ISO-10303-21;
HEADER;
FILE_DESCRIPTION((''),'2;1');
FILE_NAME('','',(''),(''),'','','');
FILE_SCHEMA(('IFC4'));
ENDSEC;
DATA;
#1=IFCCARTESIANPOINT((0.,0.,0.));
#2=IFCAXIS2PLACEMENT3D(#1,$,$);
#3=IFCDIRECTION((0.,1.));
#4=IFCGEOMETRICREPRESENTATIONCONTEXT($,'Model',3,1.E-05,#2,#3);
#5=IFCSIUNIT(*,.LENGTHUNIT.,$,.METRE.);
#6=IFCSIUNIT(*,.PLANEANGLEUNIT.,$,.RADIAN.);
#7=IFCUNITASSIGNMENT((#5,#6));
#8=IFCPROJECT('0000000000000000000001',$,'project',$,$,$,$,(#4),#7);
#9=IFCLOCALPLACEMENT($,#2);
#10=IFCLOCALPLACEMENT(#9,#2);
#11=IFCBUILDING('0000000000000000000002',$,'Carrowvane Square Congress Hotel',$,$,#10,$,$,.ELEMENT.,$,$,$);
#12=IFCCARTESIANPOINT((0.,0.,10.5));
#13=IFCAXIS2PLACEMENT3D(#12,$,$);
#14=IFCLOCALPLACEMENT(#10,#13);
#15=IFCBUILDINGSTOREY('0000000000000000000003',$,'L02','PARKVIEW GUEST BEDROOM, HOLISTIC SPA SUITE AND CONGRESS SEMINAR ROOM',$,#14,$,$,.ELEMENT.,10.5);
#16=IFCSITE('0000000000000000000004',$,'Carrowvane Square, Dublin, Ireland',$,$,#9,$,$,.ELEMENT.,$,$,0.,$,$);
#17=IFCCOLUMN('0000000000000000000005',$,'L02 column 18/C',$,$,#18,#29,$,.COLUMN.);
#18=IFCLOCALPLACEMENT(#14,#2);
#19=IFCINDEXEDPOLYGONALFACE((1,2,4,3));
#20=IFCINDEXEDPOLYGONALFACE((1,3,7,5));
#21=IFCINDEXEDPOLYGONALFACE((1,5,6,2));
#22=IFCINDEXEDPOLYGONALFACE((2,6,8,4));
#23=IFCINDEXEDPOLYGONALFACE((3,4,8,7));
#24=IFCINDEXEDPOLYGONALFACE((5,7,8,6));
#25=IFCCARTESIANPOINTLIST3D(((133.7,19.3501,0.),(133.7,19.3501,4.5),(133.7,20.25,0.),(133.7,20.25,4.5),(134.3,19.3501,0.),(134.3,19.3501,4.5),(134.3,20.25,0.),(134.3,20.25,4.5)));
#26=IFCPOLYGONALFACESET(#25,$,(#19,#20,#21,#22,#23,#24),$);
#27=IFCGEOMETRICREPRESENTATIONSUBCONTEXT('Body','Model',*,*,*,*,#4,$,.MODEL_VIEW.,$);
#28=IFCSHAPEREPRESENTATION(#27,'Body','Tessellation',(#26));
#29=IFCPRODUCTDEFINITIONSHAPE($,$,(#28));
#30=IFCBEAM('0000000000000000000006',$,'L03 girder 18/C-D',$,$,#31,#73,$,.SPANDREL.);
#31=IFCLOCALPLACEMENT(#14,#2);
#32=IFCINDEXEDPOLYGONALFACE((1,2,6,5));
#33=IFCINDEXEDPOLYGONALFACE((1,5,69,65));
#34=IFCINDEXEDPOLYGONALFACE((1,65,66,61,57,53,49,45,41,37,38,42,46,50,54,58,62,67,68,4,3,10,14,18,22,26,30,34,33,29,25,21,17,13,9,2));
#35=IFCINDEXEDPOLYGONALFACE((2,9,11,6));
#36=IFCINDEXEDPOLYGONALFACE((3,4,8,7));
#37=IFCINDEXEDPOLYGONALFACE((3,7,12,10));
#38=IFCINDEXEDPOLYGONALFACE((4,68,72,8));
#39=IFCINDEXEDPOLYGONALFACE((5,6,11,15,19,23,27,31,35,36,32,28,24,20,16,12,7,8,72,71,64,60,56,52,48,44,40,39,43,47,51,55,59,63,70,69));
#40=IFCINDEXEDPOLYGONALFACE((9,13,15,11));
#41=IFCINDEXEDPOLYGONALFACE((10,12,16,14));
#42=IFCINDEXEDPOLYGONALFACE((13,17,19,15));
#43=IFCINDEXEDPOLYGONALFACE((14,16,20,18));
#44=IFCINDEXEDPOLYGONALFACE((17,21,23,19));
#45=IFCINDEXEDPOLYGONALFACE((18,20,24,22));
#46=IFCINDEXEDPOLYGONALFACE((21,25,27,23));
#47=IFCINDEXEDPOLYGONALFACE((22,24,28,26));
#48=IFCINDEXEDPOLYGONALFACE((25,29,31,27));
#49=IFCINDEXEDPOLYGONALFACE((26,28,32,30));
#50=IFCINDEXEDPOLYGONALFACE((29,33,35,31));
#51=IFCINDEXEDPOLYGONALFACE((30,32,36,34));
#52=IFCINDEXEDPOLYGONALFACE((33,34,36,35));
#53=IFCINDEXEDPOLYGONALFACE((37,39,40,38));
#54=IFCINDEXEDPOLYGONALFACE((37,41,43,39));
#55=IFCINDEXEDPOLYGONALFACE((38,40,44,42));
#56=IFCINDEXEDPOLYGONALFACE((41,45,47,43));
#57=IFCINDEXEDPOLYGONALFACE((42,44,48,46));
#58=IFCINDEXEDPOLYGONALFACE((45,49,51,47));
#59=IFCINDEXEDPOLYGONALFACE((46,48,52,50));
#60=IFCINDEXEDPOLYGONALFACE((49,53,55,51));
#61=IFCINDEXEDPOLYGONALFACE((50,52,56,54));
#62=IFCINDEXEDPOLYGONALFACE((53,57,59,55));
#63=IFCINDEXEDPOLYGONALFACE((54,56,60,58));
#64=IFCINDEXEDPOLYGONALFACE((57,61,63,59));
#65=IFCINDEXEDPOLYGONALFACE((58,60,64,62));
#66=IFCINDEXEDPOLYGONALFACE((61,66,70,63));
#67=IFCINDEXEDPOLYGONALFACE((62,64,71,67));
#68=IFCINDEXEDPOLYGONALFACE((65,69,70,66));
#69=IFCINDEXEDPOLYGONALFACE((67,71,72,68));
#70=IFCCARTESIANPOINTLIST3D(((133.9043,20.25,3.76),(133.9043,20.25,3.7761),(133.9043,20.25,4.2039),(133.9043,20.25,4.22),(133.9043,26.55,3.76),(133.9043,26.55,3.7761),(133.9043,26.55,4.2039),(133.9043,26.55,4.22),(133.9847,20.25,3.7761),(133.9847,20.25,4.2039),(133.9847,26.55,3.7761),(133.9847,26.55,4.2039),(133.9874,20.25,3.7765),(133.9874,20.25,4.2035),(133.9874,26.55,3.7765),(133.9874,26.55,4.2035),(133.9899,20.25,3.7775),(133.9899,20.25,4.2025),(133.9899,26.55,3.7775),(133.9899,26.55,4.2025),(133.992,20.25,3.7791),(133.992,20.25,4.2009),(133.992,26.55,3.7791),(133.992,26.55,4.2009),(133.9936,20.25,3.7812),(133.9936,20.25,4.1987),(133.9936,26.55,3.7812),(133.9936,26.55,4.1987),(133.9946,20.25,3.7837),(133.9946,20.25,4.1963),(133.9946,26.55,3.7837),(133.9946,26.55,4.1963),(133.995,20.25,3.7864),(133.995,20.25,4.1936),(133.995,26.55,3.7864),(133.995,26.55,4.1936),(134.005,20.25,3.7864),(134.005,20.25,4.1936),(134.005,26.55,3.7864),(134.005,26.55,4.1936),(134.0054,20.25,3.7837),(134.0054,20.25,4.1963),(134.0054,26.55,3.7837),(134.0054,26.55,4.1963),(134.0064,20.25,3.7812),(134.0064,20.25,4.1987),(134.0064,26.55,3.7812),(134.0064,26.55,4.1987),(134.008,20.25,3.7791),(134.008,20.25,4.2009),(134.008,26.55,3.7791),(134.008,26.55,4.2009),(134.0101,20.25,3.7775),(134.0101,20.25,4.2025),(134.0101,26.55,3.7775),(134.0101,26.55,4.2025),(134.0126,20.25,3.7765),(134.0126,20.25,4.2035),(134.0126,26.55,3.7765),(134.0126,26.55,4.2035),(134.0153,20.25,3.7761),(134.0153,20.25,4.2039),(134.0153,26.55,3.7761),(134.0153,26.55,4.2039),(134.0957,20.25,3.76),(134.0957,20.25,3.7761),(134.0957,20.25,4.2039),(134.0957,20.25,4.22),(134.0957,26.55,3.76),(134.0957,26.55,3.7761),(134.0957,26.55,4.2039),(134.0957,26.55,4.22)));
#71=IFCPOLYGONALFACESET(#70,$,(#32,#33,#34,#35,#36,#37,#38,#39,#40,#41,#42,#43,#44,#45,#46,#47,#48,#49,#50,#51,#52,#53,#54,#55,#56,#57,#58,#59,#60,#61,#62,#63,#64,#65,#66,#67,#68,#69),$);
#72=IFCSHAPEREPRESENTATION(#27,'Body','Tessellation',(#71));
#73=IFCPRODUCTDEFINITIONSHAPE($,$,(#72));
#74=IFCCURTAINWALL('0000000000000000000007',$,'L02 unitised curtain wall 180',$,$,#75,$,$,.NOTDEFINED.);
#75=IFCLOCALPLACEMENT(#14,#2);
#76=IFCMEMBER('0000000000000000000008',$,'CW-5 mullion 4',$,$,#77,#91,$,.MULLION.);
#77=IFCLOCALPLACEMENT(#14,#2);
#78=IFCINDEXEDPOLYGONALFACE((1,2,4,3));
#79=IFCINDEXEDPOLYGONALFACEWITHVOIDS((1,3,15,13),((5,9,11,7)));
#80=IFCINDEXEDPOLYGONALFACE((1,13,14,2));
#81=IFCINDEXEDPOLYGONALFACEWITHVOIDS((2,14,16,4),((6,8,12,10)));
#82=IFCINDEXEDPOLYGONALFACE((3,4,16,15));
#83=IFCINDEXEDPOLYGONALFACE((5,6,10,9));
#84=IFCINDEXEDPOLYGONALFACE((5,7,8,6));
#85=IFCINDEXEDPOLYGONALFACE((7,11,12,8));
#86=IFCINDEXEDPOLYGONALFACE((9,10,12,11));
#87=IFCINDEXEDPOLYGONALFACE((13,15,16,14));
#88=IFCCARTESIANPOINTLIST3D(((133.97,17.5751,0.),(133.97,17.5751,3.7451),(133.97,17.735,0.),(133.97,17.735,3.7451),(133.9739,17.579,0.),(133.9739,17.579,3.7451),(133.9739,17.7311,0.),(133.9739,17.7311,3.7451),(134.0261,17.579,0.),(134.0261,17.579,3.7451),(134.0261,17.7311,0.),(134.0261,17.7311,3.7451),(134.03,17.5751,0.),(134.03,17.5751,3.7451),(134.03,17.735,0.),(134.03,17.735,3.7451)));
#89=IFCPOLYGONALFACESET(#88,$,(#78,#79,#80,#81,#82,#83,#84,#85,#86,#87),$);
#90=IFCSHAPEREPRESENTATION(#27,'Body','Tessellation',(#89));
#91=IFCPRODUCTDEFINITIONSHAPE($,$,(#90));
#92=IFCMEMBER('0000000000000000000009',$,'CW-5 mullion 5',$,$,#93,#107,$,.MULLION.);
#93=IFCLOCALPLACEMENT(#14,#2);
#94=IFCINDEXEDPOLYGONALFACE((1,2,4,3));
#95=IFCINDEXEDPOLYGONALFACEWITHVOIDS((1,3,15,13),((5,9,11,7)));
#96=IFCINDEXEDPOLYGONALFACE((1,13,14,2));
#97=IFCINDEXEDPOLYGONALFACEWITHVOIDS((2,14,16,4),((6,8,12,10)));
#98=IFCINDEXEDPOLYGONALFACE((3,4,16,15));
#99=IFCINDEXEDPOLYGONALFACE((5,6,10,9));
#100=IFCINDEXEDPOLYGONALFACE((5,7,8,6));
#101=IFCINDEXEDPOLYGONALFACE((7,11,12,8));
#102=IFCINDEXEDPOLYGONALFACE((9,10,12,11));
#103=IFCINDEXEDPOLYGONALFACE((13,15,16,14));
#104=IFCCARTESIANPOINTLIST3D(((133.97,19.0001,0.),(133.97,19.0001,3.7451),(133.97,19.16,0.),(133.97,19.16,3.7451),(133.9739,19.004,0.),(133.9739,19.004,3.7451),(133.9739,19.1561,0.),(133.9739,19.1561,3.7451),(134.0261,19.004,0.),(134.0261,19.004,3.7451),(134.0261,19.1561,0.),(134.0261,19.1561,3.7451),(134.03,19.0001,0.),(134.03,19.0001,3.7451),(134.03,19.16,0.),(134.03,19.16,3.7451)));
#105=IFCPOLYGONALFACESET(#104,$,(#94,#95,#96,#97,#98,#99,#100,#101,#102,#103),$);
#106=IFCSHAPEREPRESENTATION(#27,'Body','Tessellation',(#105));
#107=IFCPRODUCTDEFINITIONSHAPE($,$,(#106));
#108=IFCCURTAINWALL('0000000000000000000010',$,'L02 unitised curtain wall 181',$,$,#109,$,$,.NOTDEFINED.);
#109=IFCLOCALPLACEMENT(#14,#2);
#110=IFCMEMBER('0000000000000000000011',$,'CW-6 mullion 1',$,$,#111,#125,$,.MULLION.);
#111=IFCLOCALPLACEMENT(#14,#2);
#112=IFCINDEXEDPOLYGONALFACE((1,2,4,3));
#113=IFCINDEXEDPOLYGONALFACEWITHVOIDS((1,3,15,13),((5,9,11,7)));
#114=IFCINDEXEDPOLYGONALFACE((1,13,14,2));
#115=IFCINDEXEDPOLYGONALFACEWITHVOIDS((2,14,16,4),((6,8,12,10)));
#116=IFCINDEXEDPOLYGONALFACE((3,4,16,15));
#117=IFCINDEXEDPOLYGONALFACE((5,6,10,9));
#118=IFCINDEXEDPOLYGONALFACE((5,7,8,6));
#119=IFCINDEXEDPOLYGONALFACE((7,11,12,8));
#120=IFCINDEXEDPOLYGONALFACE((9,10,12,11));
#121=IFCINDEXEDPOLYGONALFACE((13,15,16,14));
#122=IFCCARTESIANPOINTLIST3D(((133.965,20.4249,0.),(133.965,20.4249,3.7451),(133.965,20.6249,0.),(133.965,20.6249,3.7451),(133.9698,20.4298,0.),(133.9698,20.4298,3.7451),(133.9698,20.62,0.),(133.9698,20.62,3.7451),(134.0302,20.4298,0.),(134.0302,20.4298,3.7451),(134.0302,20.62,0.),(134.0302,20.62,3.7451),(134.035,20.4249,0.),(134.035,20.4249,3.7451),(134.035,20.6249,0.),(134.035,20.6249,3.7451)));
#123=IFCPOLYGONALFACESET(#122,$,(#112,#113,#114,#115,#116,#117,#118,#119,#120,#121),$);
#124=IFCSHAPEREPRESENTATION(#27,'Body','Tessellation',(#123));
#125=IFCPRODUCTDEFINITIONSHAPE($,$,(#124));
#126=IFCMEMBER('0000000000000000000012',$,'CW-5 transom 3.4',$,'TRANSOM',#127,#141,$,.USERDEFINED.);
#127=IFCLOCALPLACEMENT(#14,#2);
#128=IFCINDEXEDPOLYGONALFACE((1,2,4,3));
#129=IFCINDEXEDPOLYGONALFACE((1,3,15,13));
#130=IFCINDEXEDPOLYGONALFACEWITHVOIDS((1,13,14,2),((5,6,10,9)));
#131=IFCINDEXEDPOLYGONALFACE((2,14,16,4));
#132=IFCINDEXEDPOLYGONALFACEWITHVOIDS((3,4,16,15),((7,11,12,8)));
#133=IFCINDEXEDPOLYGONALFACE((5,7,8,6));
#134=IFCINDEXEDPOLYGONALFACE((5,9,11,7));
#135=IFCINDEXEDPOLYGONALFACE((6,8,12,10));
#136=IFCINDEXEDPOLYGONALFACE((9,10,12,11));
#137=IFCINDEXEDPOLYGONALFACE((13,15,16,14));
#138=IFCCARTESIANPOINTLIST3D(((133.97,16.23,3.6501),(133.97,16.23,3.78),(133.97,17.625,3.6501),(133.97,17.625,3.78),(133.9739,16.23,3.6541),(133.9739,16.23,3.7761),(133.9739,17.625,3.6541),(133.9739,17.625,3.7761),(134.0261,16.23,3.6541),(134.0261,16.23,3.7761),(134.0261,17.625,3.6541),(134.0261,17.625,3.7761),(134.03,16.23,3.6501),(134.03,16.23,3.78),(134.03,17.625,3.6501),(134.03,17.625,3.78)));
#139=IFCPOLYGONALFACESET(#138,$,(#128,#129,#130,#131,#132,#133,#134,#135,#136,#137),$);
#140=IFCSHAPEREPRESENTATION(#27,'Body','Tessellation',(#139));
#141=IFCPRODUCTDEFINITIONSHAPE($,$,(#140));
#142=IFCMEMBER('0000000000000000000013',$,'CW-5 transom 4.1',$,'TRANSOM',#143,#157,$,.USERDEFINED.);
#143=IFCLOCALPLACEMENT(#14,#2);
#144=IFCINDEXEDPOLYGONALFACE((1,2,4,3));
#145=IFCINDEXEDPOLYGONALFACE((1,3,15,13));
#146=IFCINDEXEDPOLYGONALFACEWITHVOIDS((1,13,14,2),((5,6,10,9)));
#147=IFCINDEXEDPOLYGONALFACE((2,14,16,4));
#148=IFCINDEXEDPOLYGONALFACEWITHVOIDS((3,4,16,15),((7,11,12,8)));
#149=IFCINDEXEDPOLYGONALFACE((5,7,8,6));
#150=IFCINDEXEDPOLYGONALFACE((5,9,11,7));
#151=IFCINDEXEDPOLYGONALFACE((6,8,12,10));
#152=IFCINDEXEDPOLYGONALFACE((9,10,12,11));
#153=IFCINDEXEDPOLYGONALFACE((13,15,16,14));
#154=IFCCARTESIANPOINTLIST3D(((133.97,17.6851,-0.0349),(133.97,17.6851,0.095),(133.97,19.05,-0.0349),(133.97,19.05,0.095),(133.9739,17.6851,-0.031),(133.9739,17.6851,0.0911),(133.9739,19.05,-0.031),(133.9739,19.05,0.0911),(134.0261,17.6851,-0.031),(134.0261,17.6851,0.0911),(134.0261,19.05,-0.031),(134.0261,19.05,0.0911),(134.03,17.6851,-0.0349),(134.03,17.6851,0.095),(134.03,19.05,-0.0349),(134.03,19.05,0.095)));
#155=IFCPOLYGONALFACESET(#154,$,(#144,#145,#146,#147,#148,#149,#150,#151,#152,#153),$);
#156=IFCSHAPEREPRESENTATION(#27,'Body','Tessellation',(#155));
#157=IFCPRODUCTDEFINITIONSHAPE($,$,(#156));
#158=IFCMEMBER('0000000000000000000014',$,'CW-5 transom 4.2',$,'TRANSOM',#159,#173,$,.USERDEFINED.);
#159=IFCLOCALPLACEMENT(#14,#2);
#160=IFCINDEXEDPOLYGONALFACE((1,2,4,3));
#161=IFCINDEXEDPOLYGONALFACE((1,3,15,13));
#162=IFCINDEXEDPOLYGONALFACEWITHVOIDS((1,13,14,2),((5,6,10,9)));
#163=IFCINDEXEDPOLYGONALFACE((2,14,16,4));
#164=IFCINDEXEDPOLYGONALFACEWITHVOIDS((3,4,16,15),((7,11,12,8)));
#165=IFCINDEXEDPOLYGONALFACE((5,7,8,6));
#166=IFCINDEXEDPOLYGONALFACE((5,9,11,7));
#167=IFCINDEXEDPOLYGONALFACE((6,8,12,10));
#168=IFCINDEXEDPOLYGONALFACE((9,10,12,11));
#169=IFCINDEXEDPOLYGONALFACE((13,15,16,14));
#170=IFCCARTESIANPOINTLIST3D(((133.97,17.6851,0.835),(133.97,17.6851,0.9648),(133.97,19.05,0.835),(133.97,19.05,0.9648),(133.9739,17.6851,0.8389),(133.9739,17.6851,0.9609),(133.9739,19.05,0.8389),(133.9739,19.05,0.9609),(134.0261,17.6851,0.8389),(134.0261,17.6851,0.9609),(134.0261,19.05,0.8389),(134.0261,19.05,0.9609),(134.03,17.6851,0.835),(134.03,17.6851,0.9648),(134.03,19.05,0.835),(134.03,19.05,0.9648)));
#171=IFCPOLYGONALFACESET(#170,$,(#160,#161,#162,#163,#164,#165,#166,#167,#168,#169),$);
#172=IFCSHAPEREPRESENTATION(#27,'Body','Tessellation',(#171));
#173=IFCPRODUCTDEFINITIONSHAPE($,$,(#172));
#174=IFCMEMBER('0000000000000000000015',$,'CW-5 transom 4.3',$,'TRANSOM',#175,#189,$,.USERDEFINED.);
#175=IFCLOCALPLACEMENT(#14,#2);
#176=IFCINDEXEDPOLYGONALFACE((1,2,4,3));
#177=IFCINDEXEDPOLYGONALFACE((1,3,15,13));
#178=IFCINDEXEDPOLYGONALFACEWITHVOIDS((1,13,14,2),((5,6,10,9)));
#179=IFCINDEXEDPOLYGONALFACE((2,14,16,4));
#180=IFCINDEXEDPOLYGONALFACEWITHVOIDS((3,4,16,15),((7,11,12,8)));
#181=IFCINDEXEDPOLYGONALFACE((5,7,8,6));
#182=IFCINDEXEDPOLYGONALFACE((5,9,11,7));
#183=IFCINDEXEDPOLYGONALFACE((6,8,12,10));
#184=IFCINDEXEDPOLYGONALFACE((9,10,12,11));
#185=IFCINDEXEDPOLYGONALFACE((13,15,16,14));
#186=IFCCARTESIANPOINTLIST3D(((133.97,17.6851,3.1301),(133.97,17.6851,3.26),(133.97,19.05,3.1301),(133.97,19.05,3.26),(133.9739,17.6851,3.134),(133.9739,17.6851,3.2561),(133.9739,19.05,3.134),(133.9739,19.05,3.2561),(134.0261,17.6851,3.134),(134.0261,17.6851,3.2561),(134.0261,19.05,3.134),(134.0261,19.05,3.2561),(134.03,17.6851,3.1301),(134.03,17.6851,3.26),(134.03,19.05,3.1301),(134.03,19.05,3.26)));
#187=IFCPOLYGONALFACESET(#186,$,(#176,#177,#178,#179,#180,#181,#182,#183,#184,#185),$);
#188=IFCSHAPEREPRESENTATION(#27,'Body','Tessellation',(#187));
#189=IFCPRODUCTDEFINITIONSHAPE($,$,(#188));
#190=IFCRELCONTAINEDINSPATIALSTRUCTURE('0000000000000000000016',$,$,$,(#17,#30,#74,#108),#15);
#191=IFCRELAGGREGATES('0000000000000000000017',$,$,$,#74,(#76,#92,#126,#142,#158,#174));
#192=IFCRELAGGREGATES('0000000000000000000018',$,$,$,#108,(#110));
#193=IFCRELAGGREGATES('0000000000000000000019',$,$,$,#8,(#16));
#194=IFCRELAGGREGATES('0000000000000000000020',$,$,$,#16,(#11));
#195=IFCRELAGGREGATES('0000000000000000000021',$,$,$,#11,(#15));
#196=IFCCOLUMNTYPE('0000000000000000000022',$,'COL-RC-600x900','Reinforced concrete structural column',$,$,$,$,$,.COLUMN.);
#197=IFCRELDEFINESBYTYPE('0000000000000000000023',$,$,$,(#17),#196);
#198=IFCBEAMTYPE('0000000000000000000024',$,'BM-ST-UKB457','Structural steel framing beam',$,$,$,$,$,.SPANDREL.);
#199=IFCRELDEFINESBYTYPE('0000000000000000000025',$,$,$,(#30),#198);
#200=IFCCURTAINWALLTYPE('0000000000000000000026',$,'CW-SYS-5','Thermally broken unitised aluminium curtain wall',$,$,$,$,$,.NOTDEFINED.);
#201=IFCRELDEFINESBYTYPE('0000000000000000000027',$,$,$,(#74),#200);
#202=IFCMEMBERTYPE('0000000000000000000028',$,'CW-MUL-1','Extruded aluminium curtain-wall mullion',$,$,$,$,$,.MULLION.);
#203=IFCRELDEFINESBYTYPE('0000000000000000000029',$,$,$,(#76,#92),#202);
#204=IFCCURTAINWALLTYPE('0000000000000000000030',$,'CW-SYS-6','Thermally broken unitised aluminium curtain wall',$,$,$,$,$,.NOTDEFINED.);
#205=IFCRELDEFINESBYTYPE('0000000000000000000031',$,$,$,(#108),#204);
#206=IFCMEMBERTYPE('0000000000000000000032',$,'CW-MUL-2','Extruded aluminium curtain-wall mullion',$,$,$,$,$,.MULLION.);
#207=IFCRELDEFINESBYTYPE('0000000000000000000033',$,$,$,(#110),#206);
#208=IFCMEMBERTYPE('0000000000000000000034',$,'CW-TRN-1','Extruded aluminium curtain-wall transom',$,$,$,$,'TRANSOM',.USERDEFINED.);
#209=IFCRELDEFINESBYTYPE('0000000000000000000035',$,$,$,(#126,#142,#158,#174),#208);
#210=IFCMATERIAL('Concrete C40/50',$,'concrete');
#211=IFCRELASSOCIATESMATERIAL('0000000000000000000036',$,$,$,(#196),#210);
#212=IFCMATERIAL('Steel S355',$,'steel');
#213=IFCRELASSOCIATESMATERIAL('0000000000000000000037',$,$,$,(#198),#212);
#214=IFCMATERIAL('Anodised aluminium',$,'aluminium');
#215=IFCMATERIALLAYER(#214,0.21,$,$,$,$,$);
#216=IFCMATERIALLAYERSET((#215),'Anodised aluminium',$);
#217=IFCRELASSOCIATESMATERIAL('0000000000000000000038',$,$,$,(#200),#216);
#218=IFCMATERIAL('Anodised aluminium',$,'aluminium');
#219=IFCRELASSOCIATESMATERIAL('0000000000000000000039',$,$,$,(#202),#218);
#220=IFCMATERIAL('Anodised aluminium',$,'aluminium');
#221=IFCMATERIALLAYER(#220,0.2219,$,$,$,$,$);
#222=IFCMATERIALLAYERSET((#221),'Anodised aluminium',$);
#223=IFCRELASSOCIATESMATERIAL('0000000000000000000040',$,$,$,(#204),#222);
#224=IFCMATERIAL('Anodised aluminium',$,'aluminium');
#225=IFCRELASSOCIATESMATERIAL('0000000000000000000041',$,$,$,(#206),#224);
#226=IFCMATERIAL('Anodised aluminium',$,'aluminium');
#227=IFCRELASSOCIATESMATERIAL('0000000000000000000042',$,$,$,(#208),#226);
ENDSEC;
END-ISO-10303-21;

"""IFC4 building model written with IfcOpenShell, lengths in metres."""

from ifc_helpers import new_model, si_unit, direction, frame, origin, origin_2d, place, context, subcontext, project, spatial, rectangle, hollow_rectangle, i_section, extrude, material, layer, layer_set, material_profile, profile_set, type_object, element, aggregate, save


model = new_model("IFC4")

# Units and contexts
model_context = context("Model", 3, precision=1e-05, world=origin(), true_north=direction((0.0, 1.0)))
body_context = subcontext(model_context, "Body", "Model", "MODEL_VIEW")
ifc_project = project(units=[si_unit("LENGTHUNIT", "METRE"), si_unit("PLANEANGLEUNIT", "RADIAN")], contexts=[model_context])

# Site, building, storey
site_placement = place(None, origin())
site = spatial("IfcSite", under=ifc_project, at=site_placement, Name="Carrowvane Square, Dublin, Ireland", CompositionType="ELEMENT", RefElevation=0.0)
building_placement = place(site_placement, origin())
building = spatial("IfcBuilding", under=site, at=building_placement, Name="Carrowvane Square Congress Hotel", CompositionType="ELEMENT")
storey_placement = place(building_placement, frame((0.0, 0.0, 10.5)))
storey = spatial("IfcBuildingStorey", under=building, at=storey_placement, Name="L02", Description="PARKVIEW GUEST BEDROOM, HOLISTIC SPA SUITE AND CONGRESS SEMINAR ROOM", CompositionType="ELEMENT", Elevation=10.5)

# Column
ifc_material_1 = material(Name="Concrete C40/50", Category="concrete")
ifc_material_profile_1 = material_profile(ifc_material_1, rectangle(XDim=0.6001, YDim=0.8999, at=origin_2d()), Name="RC 600x900")
ifc_profile_set_1 = profile_set([ifc_material_profile_1], Name="Concrete C40/50")
column_type = type_object("IfcColumnType", Name="COL-RC-600x900", Description="Reinforced concrete structural column", PredefinedType="COLUMN", material=ifc_profile_set_1)
column_placement = place(storey_placement, frame((134.0, 19.8, 0.0), z_axis=(0.0, 0.0, 1.0), x_axis=(1.0, 0.0, 0.0)))
element("IfcColumn", 1, at=column_placement, inside=storey, type_object=column_type, Name="L02 column 18/C", PredefinedType="COLUMN", context=body_context, shape_type="SweptSolid", body=[
    extrude(rectangle(XDim=0.6001, YDim=0.8999, at=origin_2d()), origin(), (0.0, 0.0, 1.0), 4.5),
])

# Beam
ifc_material_2 = material(Name="Steel S355", Category="steel")
ifc_material_profile_2 = material_profile(ifc_material_2, i_section(OverallWidth=0.1914, OverallDepth=0.46, WebThickness=0.01, FlangeThickness=0.0161, FilletRadius=0.0103, at=origin_2d()), Name="UKB 457x191x82")
ifc_profile_set_2 = profile_set([ifc_material_profile_2], Name="Steel S355")
beam_type = type_object("IfcBeamType", Name="BM-ST-UKB457", Description="Structural steel framing beam", PredefinedType="SPANDREL", material=ifc_profile_set_2)
beam_placement = place(storey_placement, frame((134.0, 20.25, 3.99), z_axis=(0.0, 1.0, 0.0), x_axis=(-1.0, 0.0, 0.0)))
element("IfcBeam", 2, at=beam_placement, inside=storey, type_object=beam_type, Name="L03 girder 18/C-D", PredefinedType="SPANDREL", context=body_context, shape_type="SweptSolid", body=[
    extrude(i_section(OverallWidth=0.1914, OverallDepth=0.46, WebThickness=0.01, FlangeThickness=0.0161, FilletRadius=0.0103, at=origin_2d()), origin(), (0.0, 0.0, 1.0), 6.3),
])

# Curtain wall, members
ifc_material_3 = material(Name="Anodised aluminium", Category="aluminium")
ifc_layer_1 = layer(ifc_material_3, 0.21)
ifc_layer_set_1 = layer_set([ifc_layer_1], Name="Anodised aluminium")
curtain_wall_type_1 = type_object("IfcCurtainWallType", Name="CW-SYS-5", Description="Thermally broken unitised aluminium curtain wall", PredefinedType="NOTDEFINED", material=ifc_layer_set_1)
curtain_wall_1_placement = place(storey_placement, origin())
curtain_wall_1 = element("IfcCurtainWall", 3, at=curtain_wall_1_placement, inside=storey, type_object=curtain_wall_type_1, Name="L02 unitised curtain wall 180", PredefinedType="NOTDEFINED")
ifc_material_4 = material(Name="Anodised aluminium", Category="aluminium")
ifc_material_profile_3 = material_profile(ifc_material_4, hollow_rectangle(XDim=0.0601, YDim=0.1599, WallThickness=0.0039, at=origin_2d()), Name="CW-ML 60x160x4")
ifc_profile_set_3 = profile_set([ifc_material_profile_3], Name="Anodised aluminium")
member_type_1 = type_object("IfcMemberType", Name="CW-MUL-1", Description="Extruded aluminium curtain-wall mullion", PredefinedType="MULLION", material=ifc_profile_set_3)
member_1_placement = place(storey_placement, frame((134.0, 17.655, 0.0), z_axis=(0.0, 0.0, 1.0), x_axis=(-1.0, 0.0, 0.0)))
member_1 = element("IfcMember", 4, at=member_1_placement, type_object=member_type_1, Name="CW-5 mullion 4", PredefinedType="MULLION", context=body_context, shape_type="SweptSolid", body=[
    extrude(hollow_rectangle(XDim=0.0601, YDim=0.1599, WallThickness=0.0039, at=origin_2d()), origin(), (0.0, 0.0, 1.0), 3.7451),
])
member_2_placement = place(storey_placement, frame((134.0, 19.0801, 0.0), z_axis=(0.0, 0.0, 1.0), x_axis=(-1.0, 0.0, 0.0)))
member_2 = element("IfcMember", 5, at=member_2_placement, type_object=member_type_1, Name="CW-5 mullion 5", PredefinedType="MULLION", context=body_context, shape_type="SweptSolid", body=[
    extrude(hollow_rectangle(XDim=0.0601, YDim=0.1599, WallThickness=0.0039, at=origin_2d()), origin(), (0.0, 0.0, 1.0), 3.7451),
])

# Curtain wall, member
ifc_material_5 = material(Name="Anodised aluminium", Category="aluminium")
ifc_layer_2 = layer(ifc_material_5, 0.2219)
ifc_layer_set_2 = layer_set([ifc_layer_2], Name="Anodised aluminium")
curtain_wall_type_2 = type_object("IfcCurtainWallType", Name="CW-SYS-6", Description="Thermally broken unitised aluminium curtain wall", PredefinedType="NOTDEFINED", material=ifc_layer_set_2)
curtain_wall_2_placement = place(storey_placement, origin())
curtain_wall_2 = element("IfcCurtainWall", 6, at=curtain_wall_2_placement, inside=storey, type_object=curtain_wall_type_2, Name="L02 unitised curtain wall 181", PredefinedType="NOTDEFINED")
ifc_material_6 = material(Name="Anodised aluminium", Category="aluminium")
ifc_material_profile_4 = material_profile(ifc_material_6, hollow_rectangle(XDim=0.0701, YDim=0.2, WallThickness=0.0049, at=origin_2d()), Name="CW-ML 70x200x5")
ifc_profile_set_4 = profile_set([ifc_material_profile_4], Name="Anodised aluminium")
member_type_2 = type_object("IfcMemberType", Name="CW-MUL-2", Description="Extruded aluminium curtain-wall mullion", PredefinedType="MULLION", material=ifc_profile_set_4)
member_3_placement = place(storey_placement, frame((134.0, 20.5249, 0.0), z_axis=(0.0, 0.0, 1.0), x_axis=(-1.0, 0.0, 0.0)))
member_3 = element("IfcMember", 7, at=member_3_placement, type_object=member_type_2, Name="CW-6 mullion 1", PredefinedType="MULLION", context=body_context, shape_type="SweptSolid", body=[
    extrude(hollow_rectangle(XDim=0.0701, YDim=0.2, WallThickness=0.0049, at=origin_2d()), origin(), (0.0, 0.0, 1.0), 3.7451),
])

# Members
ifc_material_7 = material(Name="Anodised aluminium", Category="aluminium")
ifc_material_profile_5 = material_profile(ifc_material_7, hollow_rectangle(XDim=0.0601, YDim=0.1299, WallThickness=0.0039, at=origin_2d()), Name="CW-TR 60x130x4")
ifc_profile_set_5 = profile_set([ifc_material_profile_5], Name="Anodised aluminium")
member_type_3 = type_object("IfcMemberType", Name="CW-TRN-1", Description="Extruded aluminium curtain-wall transom", ElementType="TRANSOM", PredefinedType="USERDEFINED", material=ifc_profile_set_5)
member_4_placement = place(storey_placement, frame((134.0, 16.23, 3.7151), z_axis=(0.0, 1.0, 0.0), x_axis=(-1.0, 0.0, 0.0)))
member_4 = element("IfcMember", 8, at=member_4_placement, type_object=member_type_3, Name="CW-5 transom 3.4", ObjectType="TRANSOM", PredefinedType="USERDEFINED", context=body_context, shape_type="SweptSolid", body=[
    extrude(hollow_rectangle(XDim=0.0601, YDim=0.1299, WallThickness=0.0039, at=origin_2d()), origin(), (0.0, 0.0, 1.0), 1.395),
])
member_5_placement = place(storey_placement, frame((134.0, 17.6851, 0.03), z_axis=(0.0, 1.0, 0.0), x_axis=(-1.0, 0.0, 0.0)))
member_5 = element("IfcMember", 9, at=member_5_placement, type_object=member_type_3, Name="CW-5 transom 4.1", ObjectType="TRANSOM", PredefinedType="USERDEFINED", context=body_context, shape_type="SweptSolid", body=[
    extrude(hollow_rectangle(XDim=0.0601, YDim=0.1299, WallThickness=0.0039, at=origin_2d()), origin(), (0.0, 0.0, 1.0), 1.365),
])
member_6_placement = place(storey_placement, frame((134.0, 17.6851, 0.8999), z_axis=(0.0, 1.0, 0.0), x_axis=(-1.0, 0.0, 0.0)))
member_6 = element("IfcMember", 10, at=member_6_placement, type_object=member_type_3, Name="CW-5 transom 4.2", ObjectType="TRANSOM", PredefinedType="USERDEFINED", context=body_context, shape_type="SweptSolid", body=[
    extrude(hollow_rectangle(XDim=0.0601, YDim=0.1299, WallThickness=0.0039, at=origin_2d()), origin(), (0.0, 0.0, 1.0), 1.365),
])
member_7_placement = place(storey_placement, frame((134.0, 17.6851, 3.1951), z_axis=(0.0, 1.0, 0.0), x_axis=(-1.0, 0.0, 0.0)))
member_7 = element("IfcMember", 11, at=member_7_placement, type_object=member_type_3, Name="CW-5 transom 4.3", ObjectType="TRANSOM", PredefinedType="USERDEFINED", context=body_context, shape_type="SweptSolid", body=[
    extrude(hollow_rectangle(XDim=0.0601, YDim=0.1299, WallThickness=0.0039, at=origin_2d()), origin(), (0.0, 0.0, 1.0), 1.365),
])

aggregate(curtain_wall_1, [member_1, member_2, member_4, member_5, member_6, member_7])
aggregate(curtain_wall_2, [member_3])

save(model, "model.ifc")
